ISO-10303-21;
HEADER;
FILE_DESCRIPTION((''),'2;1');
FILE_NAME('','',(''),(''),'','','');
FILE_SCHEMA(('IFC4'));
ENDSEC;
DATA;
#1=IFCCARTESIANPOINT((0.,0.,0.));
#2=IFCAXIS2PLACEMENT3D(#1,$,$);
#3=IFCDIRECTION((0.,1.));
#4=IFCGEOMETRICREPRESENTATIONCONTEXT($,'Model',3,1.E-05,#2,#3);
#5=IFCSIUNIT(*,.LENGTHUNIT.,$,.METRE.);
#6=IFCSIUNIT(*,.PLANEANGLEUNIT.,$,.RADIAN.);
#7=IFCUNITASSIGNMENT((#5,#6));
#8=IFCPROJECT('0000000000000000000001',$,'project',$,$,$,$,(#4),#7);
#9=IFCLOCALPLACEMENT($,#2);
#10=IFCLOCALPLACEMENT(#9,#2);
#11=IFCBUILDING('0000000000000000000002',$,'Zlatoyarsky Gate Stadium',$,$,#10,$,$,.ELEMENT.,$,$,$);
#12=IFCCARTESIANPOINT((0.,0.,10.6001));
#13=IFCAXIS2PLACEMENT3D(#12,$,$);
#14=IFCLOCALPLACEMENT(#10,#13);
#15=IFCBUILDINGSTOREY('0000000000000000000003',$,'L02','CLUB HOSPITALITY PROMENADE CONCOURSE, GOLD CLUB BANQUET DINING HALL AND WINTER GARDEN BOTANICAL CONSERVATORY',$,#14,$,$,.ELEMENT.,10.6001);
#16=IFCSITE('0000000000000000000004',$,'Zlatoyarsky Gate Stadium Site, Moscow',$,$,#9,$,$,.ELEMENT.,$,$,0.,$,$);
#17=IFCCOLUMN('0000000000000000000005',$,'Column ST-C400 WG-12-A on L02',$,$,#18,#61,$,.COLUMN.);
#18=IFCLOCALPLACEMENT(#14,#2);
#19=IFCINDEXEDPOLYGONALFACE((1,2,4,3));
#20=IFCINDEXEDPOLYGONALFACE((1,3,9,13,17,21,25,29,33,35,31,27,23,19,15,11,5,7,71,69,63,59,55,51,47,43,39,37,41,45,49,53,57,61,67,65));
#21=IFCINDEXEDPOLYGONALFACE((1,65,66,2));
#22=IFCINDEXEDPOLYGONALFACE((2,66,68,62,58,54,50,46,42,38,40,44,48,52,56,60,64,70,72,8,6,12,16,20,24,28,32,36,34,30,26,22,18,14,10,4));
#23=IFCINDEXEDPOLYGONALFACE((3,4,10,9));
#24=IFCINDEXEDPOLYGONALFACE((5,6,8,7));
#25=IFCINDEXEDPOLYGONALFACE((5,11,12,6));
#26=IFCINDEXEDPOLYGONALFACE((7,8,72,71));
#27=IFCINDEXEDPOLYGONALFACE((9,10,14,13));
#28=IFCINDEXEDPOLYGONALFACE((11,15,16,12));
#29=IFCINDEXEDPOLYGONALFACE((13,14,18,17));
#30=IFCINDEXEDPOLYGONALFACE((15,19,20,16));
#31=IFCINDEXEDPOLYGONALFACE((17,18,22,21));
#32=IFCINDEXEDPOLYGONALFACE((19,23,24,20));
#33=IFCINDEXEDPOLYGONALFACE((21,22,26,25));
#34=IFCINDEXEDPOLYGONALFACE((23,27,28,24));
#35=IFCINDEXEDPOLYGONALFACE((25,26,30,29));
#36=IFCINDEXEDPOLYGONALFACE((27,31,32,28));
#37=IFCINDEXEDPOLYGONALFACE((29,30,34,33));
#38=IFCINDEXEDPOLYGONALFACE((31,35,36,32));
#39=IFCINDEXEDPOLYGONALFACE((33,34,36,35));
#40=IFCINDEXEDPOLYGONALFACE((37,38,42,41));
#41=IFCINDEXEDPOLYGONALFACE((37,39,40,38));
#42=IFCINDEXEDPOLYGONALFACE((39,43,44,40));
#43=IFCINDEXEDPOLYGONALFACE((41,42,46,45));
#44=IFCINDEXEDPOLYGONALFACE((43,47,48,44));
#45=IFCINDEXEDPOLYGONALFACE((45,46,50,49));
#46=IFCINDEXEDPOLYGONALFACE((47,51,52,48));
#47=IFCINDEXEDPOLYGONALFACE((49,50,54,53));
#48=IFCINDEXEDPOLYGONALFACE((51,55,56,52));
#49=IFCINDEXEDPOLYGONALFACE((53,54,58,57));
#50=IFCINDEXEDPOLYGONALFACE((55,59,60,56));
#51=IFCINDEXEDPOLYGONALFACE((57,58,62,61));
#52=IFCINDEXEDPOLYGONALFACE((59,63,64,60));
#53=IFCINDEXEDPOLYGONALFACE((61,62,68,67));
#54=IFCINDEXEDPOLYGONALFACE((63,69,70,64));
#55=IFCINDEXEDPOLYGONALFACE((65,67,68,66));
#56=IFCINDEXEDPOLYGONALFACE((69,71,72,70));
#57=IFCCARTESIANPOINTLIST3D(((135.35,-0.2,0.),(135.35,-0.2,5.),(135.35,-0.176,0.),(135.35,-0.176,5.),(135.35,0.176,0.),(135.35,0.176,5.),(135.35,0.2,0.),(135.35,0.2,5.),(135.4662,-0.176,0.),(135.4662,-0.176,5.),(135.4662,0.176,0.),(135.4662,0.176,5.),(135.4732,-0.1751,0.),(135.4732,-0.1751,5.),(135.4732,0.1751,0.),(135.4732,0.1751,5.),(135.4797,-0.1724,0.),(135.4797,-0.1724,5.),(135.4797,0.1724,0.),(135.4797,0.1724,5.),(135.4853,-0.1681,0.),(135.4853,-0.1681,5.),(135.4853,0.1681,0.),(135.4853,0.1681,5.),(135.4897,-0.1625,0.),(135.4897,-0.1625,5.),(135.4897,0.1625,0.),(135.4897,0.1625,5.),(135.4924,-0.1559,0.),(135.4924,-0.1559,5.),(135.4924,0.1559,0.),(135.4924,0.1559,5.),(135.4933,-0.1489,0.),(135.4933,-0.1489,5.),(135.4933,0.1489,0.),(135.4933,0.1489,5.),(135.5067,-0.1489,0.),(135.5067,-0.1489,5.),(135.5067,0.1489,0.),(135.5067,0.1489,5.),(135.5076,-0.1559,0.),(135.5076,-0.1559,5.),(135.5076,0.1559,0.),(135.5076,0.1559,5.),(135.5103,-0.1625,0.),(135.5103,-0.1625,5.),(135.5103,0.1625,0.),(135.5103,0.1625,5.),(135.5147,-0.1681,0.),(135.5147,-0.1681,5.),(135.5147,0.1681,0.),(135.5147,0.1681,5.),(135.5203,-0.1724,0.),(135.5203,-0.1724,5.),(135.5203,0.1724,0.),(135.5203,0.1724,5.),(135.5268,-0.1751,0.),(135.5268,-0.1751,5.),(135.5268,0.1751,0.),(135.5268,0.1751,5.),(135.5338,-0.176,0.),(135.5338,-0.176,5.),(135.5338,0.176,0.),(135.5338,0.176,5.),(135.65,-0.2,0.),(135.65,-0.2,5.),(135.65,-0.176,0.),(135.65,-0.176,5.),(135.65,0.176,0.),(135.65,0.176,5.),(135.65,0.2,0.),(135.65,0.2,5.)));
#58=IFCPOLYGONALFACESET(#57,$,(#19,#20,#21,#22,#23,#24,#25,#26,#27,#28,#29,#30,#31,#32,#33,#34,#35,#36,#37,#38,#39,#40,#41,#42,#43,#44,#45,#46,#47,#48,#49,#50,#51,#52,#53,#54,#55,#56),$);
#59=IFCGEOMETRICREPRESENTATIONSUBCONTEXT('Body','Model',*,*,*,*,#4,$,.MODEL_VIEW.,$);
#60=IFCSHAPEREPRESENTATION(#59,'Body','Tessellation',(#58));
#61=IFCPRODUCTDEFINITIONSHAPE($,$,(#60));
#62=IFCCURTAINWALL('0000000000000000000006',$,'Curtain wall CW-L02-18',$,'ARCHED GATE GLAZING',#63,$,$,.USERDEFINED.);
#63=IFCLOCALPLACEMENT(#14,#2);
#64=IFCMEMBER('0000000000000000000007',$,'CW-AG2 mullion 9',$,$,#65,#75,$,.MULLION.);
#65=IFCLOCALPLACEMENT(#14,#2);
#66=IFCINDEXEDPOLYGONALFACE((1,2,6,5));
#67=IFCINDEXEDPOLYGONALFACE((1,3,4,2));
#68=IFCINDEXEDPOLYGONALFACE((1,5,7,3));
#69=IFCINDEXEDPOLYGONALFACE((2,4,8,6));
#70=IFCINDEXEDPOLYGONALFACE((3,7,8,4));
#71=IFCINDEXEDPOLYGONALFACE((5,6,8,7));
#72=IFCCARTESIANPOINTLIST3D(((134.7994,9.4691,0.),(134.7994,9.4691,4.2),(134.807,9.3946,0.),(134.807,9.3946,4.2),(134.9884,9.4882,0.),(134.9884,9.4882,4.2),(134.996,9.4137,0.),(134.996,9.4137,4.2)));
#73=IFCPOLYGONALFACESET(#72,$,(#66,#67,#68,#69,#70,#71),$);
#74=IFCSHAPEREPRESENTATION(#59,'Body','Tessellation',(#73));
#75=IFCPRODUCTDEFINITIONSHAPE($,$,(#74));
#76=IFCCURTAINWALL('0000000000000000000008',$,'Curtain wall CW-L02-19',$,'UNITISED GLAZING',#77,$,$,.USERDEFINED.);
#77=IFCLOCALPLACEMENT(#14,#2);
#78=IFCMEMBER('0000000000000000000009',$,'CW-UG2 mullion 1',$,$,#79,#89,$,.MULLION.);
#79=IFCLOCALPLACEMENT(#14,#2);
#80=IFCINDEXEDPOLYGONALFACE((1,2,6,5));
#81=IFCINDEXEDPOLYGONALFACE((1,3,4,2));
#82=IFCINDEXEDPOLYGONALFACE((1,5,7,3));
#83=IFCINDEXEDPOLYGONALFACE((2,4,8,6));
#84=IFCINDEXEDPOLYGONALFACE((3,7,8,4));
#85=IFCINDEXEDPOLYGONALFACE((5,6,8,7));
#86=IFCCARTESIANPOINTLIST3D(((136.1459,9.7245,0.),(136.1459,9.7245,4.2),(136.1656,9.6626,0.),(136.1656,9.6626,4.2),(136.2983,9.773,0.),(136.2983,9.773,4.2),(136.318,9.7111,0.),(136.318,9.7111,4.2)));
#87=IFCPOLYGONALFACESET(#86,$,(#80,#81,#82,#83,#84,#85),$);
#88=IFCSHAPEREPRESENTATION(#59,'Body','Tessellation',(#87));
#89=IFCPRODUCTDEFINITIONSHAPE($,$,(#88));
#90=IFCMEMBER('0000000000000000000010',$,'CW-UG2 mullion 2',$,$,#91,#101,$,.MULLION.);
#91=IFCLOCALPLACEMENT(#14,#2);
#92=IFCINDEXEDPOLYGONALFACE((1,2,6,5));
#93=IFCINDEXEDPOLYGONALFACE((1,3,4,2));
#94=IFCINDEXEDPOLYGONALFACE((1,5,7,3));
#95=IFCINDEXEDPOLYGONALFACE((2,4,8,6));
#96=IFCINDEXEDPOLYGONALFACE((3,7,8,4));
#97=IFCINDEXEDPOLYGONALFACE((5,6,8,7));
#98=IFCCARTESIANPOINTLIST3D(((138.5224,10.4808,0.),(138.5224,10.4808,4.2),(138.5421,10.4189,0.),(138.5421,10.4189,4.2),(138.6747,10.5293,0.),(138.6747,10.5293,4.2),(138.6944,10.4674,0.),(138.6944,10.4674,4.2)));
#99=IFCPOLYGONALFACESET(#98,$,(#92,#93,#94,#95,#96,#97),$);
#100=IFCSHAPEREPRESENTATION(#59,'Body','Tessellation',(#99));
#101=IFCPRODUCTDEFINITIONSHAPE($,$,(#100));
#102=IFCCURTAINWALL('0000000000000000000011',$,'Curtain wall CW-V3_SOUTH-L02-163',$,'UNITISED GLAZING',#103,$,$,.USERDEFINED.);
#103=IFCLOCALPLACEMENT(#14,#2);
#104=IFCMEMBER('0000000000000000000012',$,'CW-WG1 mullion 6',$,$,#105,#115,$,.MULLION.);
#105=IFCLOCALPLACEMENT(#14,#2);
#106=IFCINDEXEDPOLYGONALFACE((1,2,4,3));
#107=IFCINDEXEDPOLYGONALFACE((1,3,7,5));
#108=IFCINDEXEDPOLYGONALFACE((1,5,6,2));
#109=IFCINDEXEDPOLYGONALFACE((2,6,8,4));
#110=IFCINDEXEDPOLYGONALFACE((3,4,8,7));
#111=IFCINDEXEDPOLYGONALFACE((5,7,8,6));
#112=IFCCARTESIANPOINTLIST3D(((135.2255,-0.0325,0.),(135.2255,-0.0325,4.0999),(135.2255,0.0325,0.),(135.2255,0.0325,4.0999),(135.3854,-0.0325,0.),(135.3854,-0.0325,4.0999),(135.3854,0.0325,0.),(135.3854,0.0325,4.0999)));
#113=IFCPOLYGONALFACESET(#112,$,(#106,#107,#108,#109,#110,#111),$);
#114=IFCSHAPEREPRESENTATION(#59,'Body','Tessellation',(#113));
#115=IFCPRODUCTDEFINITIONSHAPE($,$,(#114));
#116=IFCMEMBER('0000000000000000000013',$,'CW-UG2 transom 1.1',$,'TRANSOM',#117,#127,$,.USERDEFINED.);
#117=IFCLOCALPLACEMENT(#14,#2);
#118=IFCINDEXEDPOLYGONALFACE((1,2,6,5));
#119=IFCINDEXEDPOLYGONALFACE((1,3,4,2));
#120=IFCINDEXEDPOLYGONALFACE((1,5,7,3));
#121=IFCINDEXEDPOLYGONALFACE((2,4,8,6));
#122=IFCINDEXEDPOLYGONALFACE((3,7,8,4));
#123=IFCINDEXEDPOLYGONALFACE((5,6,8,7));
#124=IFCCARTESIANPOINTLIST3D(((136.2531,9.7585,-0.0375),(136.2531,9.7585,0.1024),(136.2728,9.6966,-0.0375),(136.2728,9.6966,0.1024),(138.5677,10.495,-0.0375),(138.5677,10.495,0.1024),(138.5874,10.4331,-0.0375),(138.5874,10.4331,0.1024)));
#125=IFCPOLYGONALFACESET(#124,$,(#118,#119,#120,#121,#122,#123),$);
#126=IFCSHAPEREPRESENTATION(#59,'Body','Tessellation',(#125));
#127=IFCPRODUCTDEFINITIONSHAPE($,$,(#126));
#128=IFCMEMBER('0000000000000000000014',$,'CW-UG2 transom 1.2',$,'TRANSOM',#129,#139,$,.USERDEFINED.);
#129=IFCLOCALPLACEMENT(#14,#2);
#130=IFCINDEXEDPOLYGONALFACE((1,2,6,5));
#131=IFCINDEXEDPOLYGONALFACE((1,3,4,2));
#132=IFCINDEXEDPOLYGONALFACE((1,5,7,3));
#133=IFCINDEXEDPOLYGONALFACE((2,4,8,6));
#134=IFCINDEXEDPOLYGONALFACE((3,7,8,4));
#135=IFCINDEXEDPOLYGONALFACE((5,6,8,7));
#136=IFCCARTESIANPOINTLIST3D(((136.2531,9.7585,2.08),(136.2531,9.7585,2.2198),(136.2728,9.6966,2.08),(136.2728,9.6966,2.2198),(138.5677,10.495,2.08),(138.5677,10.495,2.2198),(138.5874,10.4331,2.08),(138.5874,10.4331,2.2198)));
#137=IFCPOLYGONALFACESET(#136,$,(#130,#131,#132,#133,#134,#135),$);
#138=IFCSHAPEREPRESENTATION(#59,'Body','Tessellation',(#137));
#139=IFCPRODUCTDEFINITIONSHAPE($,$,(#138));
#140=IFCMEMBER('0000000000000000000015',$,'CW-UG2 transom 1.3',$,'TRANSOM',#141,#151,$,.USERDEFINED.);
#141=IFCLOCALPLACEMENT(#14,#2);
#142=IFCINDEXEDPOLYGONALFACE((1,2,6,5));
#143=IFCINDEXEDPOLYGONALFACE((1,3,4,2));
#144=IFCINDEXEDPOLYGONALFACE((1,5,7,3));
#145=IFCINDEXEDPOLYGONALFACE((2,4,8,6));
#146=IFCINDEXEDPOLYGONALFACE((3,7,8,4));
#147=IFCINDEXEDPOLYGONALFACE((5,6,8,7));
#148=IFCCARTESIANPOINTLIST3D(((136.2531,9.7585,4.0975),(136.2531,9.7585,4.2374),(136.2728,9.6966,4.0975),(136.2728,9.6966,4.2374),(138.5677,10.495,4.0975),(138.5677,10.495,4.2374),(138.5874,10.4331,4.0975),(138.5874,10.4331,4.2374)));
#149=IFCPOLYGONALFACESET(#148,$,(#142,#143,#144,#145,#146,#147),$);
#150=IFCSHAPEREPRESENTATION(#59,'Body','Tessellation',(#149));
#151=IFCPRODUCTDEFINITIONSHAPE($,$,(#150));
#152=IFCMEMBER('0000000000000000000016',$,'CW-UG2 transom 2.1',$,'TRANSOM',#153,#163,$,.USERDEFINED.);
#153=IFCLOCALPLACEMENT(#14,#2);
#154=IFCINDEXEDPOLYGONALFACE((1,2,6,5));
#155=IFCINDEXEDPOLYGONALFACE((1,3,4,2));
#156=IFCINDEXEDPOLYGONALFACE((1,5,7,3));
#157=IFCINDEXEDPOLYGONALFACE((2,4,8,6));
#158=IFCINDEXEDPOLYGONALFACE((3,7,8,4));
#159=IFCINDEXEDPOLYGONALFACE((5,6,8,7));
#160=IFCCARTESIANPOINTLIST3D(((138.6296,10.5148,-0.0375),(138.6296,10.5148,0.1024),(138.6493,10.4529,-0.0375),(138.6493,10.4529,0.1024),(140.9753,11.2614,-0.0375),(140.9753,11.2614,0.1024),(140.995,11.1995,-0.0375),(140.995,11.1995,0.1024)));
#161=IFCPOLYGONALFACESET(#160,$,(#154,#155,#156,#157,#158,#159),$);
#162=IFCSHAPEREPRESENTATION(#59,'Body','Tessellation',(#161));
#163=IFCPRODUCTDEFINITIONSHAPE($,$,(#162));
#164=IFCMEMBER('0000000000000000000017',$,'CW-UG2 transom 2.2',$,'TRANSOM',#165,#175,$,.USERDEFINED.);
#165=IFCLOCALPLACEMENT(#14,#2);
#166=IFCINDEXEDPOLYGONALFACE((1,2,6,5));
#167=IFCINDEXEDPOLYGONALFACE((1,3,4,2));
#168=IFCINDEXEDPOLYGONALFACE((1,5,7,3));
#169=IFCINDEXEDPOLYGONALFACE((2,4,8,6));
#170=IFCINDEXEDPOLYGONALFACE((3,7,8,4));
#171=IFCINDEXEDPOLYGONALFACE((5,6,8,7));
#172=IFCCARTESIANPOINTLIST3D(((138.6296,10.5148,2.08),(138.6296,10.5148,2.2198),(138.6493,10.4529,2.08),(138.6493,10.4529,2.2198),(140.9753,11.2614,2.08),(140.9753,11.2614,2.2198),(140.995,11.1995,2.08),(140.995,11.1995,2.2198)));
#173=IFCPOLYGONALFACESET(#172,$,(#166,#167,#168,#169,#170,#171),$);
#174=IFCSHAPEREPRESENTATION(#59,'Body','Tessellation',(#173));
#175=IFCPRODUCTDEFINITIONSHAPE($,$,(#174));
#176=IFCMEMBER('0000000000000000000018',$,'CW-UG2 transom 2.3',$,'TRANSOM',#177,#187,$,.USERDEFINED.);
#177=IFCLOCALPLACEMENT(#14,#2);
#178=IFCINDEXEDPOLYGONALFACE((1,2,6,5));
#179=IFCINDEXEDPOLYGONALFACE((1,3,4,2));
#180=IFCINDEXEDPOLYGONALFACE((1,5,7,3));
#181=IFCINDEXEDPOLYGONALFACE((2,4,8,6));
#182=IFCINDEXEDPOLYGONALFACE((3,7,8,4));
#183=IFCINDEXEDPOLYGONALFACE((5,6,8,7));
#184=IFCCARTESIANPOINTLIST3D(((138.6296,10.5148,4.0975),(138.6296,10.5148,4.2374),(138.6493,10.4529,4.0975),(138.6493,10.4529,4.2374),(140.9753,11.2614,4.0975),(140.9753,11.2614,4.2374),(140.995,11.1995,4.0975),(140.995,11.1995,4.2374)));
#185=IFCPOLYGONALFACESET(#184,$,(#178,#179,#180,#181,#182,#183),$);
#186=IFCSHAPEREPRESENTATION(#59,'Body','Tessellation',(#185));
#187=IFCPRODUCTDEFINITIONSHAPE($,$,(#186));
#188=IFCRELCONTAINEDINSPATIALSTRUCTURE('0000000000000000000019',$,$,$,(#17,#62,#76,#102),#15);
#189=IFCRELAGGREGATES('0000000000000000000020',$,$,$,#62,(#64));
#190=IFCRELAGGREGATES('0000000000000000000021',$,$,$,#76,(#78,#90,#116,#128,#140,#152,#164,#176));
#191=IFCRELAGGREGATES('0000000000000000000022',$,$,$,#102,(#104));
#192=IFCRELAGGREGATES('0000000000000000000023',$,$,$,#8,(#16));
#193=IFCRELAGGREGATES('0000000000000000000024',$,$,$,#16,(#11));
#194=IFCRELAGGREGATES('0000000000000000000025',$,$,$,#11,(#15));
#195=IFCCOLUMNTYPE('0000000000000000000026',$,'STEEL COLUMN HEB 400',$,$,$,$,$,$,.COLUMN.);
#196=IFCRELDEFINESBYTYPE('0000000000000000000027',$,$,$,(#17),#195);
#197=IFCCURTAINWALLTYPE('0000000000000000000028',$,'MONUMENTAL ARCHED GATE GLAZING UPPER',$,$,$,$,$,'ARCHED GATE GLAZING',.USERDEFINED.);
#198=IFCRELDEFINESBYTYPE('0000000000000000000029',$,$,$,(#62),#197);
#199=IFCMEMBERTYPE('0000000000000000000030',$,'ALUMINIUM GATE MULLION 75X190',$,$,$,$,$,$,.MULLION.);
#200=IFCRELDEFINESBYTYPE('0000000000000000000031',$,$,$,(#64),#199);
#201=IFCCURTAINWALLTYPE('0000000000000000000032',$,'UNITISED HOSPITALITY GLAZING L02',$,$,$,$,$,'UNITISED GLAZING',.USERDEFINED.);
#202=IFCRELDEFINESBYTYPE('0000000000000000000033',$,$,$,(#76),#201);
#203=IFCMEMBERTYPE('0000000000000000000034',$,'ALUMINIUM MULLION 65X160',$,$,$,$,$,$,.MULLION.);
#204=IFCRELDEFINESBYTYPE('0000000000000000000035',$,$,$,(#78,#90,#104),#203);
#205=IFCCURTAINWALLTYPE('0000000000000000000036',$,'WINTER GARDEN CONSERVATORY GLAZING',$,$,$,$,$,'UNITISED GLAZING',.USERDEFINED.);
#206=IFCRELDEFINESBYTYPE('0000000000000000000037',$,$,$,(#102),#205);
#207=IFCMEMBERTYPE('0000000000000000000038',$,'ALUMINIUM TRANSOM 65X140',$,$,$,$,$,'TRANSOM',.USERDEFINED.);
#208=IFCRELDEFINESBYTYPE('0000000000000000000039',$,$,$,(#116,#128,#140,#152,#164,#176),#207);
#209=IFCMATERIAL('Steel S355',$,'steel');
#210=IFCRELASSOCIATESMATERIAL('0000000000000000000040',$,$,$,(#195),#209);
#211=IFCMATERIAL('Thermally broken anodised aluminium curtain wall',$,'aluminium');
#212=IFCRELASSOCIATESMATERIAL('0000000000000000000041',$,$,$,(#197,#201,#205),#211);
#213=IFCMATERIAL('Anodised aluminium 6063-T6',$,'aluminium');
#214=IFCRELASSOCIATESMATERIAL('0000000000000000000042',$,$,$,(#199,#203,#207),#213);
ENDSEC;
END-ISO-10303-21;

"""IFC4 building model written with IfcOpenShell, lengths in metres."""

from ifc_helpers import new_model, si_unit, direction, frame, origin, origin_2d, place, context, subcontext, project, spatial, rectangle, i_section, extrude, material, material_profile, profile_set, type_object, element, aggregate, save


model = new_model("IFC4")

# Units and contexts
model_context = context("Model", 3, precision=1e-05, world=origin(), true_north=direction((0.0, 1.0)))
body_context = subcontext(model_context, "Body", "Model", "MODEL_VIEW")
ifc_project = project(units=[si_unit("LENGTHUNIT", "METRE"), si_unit("PLANEANGLEUNIT", "RADIAN")], contexts=[model_context])

# Site, building, storey
site_placement = place(None, origin())
site = spatial("IfcSite", under=ifc_project, at=site_placement, Name="Zlatoyarsky Gate Stadium Site, Moscow", CompositionType="ELEMENT", RefElevation=0.0)
building_placement = place(site_placement, origin())
building = spatial("IfcBuilding", under=site, at=building_placement, Name="Zlatoyarsky Gate Stadium", CompositionType="ELEMENT")
storey_placement = place(building_placement, frame((0.0, 0.0, 10.6001)))
storey = spatial("IfcBuildingStorey", under=building, at=storey_placement, Name="L02", Description="CLUB HOSPITALITY PROMENADE CONCOURSE, GOLD CLUB BANQUET DINING HALL AND WINTER GARDEN BOTANICAL CONSERVATORY", CompositionType="ELEMENT", Elevation=10.6001)

# Column
ifc_material_1 = material(Name="Steel S355", Category="steel")
ifc_material_profile_1 = material_profile(ifc_material_1, i_section(OverallWidth=0.3, OverallDepth=0.3999, WebThickness=0.0134, FlangeThickness=0.0239, FilletRadius=0.0271, at=origin_2d()), Name="HEB 400")
ifc_profile_set_1 = profile_set([ifc_material_profile_1], Name="Steel S355")
column_type = type_object("IfcColumnType", Name="STEEL COLUMN HEB 400", PredefinedType="COLUMN", material=ifc_profile_set_1)
column_placement = place(storey_placement, frame((135.5, 0.0, 0.0), z_axis=(0.0, 0.0, 1.0), x_axis=(1.0, 0.0, 0.0)))
element("IfcColumn", 1, at=column_placement, inside=storey, type_object=column_type, Name="Column ST-C400 WG-12-A on L02", PredefinedType="COLUMN", context=body_context, shape_type="SweptSolid", body=[
    extrude(i_section(OverallWidth=0.3, OverallDepth=0.3999, WebThickness=0.0134, FlangeThickness=0.0239, FilletRadius=0.0271, at=origin_2d()), origin(), (0.0, 0.0, 1.0), 5.0),
])

# Curtain wall, member
ifc_material_2 = material(Name="Thermally broken anodised aluminium curtain wall", Category="aluminium")
curtain_wall_type_1 = type_object("IfcCurtainWallType", Name="MONUMENTAL ARCHED GATE GLAZING UPPER", ElementType="ARCHED GATE GLAZING", PredefinedType="USERDEFINED", material=ifc_material_2)
curtain_wall_1_placement = place(storey_placement, origin())
curtain_wall_1 = element("IfcCurtainWall", 2, at=curtain_wall_1_placement, inside=storey, type_object=curtain_wall_type_1, Name="Curtain wall CW-L02-18", ObjectType="ARCHED GATE GLAZING", PredefinedType="USERDEFINED")
ifc_material_3 = material(Name="Anodised aluminium 6063-T6", Category="aluminium")
ifc_material_profile_2 = material_profile(ifc_material_3, rectangle(XDim=0.075, YDim=0.1899, at=origin_2d()), Name="ALU 75X190")
ifc_profile_set_2 = profile_set([ifc_material_profile_2], Name="Anodised aluminium 6063-T6")
member_type_1 = type_object("IfcMemberType", Name="ALUMINIUM GATE MULLION 75X190", PredefinedType="MULLION", material=ifc_profile_set_2)
member_1_placement = place(storey_placement, frame((134.8977, 9.4414, 0.0), z_axis=(0.0, 0.0, 1.0), x_axis=(-0.100642, 0.994923, 0.0)))
member_1 = element("IfcMember", 3, at=member_1_placement, type_object=member_type_1, Name="CW-AG2 mullion 9", PredefinedType="MULLION", context=body_context, shape_type="SweptSolid", body=[
    extrude(rectangle(XDim=0.075, YDim=0.1899, at=origin_2d()), origin(), (0.0, 0.0, 1.0), 4.2),
])

# Curtain wall, members
curtain_wall_type_2 = type_object("IfcCurtainWallType", Name="UNITISED HOSPITALITY GLAZING L02", ElementType="UNITISED GLAZING", PredefinedType="USERDEFINED", material=ifc_material_2)
curtain_wall_2_placement = place(storey_placement, origin())
curtain_wall_2 = element("IfcCurtainWall", 4, at=curtain_wall_2_placement, inside=storey, type_object=curtain_wall_type_2, Name="Curtain wall CW-L02-19", ObjectType="UNITISED GLAZING", PredefinedType="USERDEFINED")
ifc_material_profile_3 = material_profile(ifc_material_3, rectangle(XDim=0.0649, YDim=0.1599, at=origin_2d()), Name="ALU 65X160")
ifc_profile_set_3 = profile_set([ifc_material_profile_3], Name="Anodised aluminium 6063-T6")
member_type_2 = type_object("IfcMemberType", Name="ALUMINIUM MULLION 65X160", PredefinedType="MULLION", material=ifc_profile_set_3)
member_2_placement = place(storey_placement, frame((136.2319, 9.7178, 0.0), z_axis=(0.0, 0.0, 1.0), x_axis=(-0.303278, 0.952902, 0.0)))
member_2 = element("IfcMember", 5, at=member_2_placement, type_object=member_type_2, Name="CW-UG2 mullion 1", PredefinedType="MULLION", context=body_context, shape_type="SweptSolid", body=[
    extrude(rectangle(XDim=0.0649, YDim=0.1599, at=origin_2d()), origin(), (0.0, 0.0, 1.0), 4.2),
])
member_3_placement = place(storey_placement, frame((138.6084, 10.4741, 0.0), z_axis=(0.0, 0.0, 1.0), x_axis=(-0.303278, 0.952902, 0.0)))
member_3 = element("IfcMember", 6, at=member_3_placement, type_object=member_type_2, Name="CW-UG2 mullion 2", PredefinedType="MULLION", context=body_context, shape_type="SweptSolid", body=[
    extrude(rectangle(XDim=0.0649, YDim=0.1599, at=origin_2d()), origin(), (0.0, 0.0, 1.0), 4.2),
])

# Curtain wall, member
curtain_wall_type_3 = type_object("IfcCurtainWallType", Name="WINTER GARDEN CONSERVATORY GLAZING", ElementType="UNITISED GLAZING", PredefinedType="USERDEFINED", material=ifc_material_2)
curtain_wall_3_placement = place(storey_placement, origin())
curtain_wall_3 = element("IfcCurtainWall", 7, at=curtain_wall_3_placement, inside=storey, type_object=curtain_wall_type_3, Name="Curtain wall CW-V3_SOUTH-L02-163", ObjectType="UNITISED GLAZING", PredefinedType="USERDEFINED")
member_4_placement = place(storey_placement, frame((135.3054, 0.0, 0.0), z_axis=(0.0, 0.0, 1.0), x_axis=(0.0, 1.0, 0.0)))
member_4 = element("IfcMember", 8, at=member_4_placement, type_object=member_type_2, Name="CW-WG1 mullion 6", PredefinedType="MULLION", context=body_context, shape_type="SweptSolid", body=[
    extrude(rectangle(XDim=0.0649, YDim=0.1599, at=origin_2d()), origin(), (0.0, 0.0, 1.0), 4.0999),
])

# Members
ifc_material_profile_4 = material_profile(ifc_material_3, rectangle(XDim=0.0649, YDim=0.1399, at=origin_2d()), Name="ALU 65X140")
ifc_profile_set_4 = profile_set([ifc_material_profile_4], Name="Anodised aluminium 6063-T6")
member_type_3 = type_object("IfcMemberType", Name="ALUMINIUM TRANSOM 65X140", ElementType="TRANSOM", PredefinedType="USERDEFINED", material=ifc_profile_set_4)
member_5_placement = place(storey_placement, frame((136.2629, 9.7275, 0.0325), z_axis=(0.952917, 0.303233, 0.0), x_axis=(-0.303233, 0.952917, 0.0)))
member_5 = element("IfcMember", 9, at=member_5_placement, type_object=member_type_3, Name="CW-UG2 transom 1.1", ObjectType="TRANSOM", PredefinedType="USERDEFINED", context=body_context, shape_type="SweptSolid", body=[
    extrude(rectangle(XDim=0.0649, YDim=0.1399, at=origin_2d()), origin(), (0.0, 0.0, 1.0), 2.429),
])
member_6_placement = place(storey_placement, frame((136.2629, 9.7275, 2.1499), z_axis=(0.952917, 0.303233, 0.0), x_axis=(-0.303233, 0.952917, 0.0)))
member_6 = element("IfcMember", 10, at=member_6_placement, type_object=member_type_3, Name="CW-UG2 transom 1.2", ObjectType="TRANSOM", PredefinedType="USERDEFINED", context=body_context, shape_type="SweptSolid", body=[
    extrude(rectangle(XDim=0.0649, YDim=0.1399, at=origin_2d()), origin(), (0.0, 0.0, 1.0), 2.429),
])
member_7_placement = place(storey_placement, frame((136.2629, 9.7275, 4.1675), z_axis=(0.952917, 0.303233, 0.0), x_axis=(-0.303233, 0.952917, 0.0)))
member_7 = element("IfcMember", 11, at=member_7_placement, type_object=member_type_3, Name="CW-UG2 transom 1.3", ObjectType="TRANSOM", PredefinedType="USERDEFINED", context=body_context, shape_type="SweptSolid", body=[
    extrude(rectangle(XDim=0.0649, YDim=0.1399, at=origin_2d()), origin(), (0.0, 0.0, 1.0), 2.429),
])
member_8_placement = place(storey_placement, frame((138.6394, 10.4839, 0.0325), z_axis=(0.9529, 0.303286, 0.0), x_axis=(-0.303286, 0.9529, 0.0)))
member_8 = element("IfcMember", 12, at=member_8_placement, type_object=member_type_3, Name="CW-UG2 transom 2.1", ObjectType="TRANSOM", PredefinedType="USERDEFINED", context=body_context, shape_type="SweptSolid", body=[
    extrude(rectangle(XDim=0.0649, YDim=0.1399, at=origin_2d()), origin(), (0.0, 0.0, 1.0), 2.4617),
])
member_9_placement = place(storey_placement, frame((138.6394, 10.4839, 2.1499), z_axis=(0.9529, 0.303286, 0.0), x_axis=(-0.303286, 0.9529, 0.0)))
member_9 = element("IfcMember", 13, at=member_9_placement, type_object=member_type_3, Name="CW-UG2 transom 2.2", ObjectType="TRANSOM", PredefinedType="USERDEFINED", context=body_context, shape_type="SweptSolid", body=[
    extrude(rectangle(XDim=0.0649, YDim=0.1399, at=origin_2d()), origin(), (0.0, 0.0, 1.0), 2.4617),
])
member_10_placement = place(storey_placement, frame((138.6394, 10.4839, 4.1675), z_axis=(0.9529, 0.303286, 0.0), x_axis=(-0.303286, 0.9529, 0.0)))
member_10 = element("IfcMember", 14, at=member_10_placement, type_object=member_type_3, Name="CW-UG2 transom 2.3", ObjectType="TRANSOM", PredefinedType="USERDEFINED", context=body_context, shape_type="SweptSolid", body=[
    extrude(rectangle(XDim=0.0649, YDim=0.1399, at=origin_2d()), origin(), (0.0, 0.0, 1.0), 2.4617),
])

aggregate(curtain_wall_1, [member_1])

aggregate(curtain_wall_2, [member_2, member_3, member_5, member_6, member_7, member_8, member_9, member_10])
aggregate(curtain_wall_3, [member_4])

save(model, "model.ifc")
